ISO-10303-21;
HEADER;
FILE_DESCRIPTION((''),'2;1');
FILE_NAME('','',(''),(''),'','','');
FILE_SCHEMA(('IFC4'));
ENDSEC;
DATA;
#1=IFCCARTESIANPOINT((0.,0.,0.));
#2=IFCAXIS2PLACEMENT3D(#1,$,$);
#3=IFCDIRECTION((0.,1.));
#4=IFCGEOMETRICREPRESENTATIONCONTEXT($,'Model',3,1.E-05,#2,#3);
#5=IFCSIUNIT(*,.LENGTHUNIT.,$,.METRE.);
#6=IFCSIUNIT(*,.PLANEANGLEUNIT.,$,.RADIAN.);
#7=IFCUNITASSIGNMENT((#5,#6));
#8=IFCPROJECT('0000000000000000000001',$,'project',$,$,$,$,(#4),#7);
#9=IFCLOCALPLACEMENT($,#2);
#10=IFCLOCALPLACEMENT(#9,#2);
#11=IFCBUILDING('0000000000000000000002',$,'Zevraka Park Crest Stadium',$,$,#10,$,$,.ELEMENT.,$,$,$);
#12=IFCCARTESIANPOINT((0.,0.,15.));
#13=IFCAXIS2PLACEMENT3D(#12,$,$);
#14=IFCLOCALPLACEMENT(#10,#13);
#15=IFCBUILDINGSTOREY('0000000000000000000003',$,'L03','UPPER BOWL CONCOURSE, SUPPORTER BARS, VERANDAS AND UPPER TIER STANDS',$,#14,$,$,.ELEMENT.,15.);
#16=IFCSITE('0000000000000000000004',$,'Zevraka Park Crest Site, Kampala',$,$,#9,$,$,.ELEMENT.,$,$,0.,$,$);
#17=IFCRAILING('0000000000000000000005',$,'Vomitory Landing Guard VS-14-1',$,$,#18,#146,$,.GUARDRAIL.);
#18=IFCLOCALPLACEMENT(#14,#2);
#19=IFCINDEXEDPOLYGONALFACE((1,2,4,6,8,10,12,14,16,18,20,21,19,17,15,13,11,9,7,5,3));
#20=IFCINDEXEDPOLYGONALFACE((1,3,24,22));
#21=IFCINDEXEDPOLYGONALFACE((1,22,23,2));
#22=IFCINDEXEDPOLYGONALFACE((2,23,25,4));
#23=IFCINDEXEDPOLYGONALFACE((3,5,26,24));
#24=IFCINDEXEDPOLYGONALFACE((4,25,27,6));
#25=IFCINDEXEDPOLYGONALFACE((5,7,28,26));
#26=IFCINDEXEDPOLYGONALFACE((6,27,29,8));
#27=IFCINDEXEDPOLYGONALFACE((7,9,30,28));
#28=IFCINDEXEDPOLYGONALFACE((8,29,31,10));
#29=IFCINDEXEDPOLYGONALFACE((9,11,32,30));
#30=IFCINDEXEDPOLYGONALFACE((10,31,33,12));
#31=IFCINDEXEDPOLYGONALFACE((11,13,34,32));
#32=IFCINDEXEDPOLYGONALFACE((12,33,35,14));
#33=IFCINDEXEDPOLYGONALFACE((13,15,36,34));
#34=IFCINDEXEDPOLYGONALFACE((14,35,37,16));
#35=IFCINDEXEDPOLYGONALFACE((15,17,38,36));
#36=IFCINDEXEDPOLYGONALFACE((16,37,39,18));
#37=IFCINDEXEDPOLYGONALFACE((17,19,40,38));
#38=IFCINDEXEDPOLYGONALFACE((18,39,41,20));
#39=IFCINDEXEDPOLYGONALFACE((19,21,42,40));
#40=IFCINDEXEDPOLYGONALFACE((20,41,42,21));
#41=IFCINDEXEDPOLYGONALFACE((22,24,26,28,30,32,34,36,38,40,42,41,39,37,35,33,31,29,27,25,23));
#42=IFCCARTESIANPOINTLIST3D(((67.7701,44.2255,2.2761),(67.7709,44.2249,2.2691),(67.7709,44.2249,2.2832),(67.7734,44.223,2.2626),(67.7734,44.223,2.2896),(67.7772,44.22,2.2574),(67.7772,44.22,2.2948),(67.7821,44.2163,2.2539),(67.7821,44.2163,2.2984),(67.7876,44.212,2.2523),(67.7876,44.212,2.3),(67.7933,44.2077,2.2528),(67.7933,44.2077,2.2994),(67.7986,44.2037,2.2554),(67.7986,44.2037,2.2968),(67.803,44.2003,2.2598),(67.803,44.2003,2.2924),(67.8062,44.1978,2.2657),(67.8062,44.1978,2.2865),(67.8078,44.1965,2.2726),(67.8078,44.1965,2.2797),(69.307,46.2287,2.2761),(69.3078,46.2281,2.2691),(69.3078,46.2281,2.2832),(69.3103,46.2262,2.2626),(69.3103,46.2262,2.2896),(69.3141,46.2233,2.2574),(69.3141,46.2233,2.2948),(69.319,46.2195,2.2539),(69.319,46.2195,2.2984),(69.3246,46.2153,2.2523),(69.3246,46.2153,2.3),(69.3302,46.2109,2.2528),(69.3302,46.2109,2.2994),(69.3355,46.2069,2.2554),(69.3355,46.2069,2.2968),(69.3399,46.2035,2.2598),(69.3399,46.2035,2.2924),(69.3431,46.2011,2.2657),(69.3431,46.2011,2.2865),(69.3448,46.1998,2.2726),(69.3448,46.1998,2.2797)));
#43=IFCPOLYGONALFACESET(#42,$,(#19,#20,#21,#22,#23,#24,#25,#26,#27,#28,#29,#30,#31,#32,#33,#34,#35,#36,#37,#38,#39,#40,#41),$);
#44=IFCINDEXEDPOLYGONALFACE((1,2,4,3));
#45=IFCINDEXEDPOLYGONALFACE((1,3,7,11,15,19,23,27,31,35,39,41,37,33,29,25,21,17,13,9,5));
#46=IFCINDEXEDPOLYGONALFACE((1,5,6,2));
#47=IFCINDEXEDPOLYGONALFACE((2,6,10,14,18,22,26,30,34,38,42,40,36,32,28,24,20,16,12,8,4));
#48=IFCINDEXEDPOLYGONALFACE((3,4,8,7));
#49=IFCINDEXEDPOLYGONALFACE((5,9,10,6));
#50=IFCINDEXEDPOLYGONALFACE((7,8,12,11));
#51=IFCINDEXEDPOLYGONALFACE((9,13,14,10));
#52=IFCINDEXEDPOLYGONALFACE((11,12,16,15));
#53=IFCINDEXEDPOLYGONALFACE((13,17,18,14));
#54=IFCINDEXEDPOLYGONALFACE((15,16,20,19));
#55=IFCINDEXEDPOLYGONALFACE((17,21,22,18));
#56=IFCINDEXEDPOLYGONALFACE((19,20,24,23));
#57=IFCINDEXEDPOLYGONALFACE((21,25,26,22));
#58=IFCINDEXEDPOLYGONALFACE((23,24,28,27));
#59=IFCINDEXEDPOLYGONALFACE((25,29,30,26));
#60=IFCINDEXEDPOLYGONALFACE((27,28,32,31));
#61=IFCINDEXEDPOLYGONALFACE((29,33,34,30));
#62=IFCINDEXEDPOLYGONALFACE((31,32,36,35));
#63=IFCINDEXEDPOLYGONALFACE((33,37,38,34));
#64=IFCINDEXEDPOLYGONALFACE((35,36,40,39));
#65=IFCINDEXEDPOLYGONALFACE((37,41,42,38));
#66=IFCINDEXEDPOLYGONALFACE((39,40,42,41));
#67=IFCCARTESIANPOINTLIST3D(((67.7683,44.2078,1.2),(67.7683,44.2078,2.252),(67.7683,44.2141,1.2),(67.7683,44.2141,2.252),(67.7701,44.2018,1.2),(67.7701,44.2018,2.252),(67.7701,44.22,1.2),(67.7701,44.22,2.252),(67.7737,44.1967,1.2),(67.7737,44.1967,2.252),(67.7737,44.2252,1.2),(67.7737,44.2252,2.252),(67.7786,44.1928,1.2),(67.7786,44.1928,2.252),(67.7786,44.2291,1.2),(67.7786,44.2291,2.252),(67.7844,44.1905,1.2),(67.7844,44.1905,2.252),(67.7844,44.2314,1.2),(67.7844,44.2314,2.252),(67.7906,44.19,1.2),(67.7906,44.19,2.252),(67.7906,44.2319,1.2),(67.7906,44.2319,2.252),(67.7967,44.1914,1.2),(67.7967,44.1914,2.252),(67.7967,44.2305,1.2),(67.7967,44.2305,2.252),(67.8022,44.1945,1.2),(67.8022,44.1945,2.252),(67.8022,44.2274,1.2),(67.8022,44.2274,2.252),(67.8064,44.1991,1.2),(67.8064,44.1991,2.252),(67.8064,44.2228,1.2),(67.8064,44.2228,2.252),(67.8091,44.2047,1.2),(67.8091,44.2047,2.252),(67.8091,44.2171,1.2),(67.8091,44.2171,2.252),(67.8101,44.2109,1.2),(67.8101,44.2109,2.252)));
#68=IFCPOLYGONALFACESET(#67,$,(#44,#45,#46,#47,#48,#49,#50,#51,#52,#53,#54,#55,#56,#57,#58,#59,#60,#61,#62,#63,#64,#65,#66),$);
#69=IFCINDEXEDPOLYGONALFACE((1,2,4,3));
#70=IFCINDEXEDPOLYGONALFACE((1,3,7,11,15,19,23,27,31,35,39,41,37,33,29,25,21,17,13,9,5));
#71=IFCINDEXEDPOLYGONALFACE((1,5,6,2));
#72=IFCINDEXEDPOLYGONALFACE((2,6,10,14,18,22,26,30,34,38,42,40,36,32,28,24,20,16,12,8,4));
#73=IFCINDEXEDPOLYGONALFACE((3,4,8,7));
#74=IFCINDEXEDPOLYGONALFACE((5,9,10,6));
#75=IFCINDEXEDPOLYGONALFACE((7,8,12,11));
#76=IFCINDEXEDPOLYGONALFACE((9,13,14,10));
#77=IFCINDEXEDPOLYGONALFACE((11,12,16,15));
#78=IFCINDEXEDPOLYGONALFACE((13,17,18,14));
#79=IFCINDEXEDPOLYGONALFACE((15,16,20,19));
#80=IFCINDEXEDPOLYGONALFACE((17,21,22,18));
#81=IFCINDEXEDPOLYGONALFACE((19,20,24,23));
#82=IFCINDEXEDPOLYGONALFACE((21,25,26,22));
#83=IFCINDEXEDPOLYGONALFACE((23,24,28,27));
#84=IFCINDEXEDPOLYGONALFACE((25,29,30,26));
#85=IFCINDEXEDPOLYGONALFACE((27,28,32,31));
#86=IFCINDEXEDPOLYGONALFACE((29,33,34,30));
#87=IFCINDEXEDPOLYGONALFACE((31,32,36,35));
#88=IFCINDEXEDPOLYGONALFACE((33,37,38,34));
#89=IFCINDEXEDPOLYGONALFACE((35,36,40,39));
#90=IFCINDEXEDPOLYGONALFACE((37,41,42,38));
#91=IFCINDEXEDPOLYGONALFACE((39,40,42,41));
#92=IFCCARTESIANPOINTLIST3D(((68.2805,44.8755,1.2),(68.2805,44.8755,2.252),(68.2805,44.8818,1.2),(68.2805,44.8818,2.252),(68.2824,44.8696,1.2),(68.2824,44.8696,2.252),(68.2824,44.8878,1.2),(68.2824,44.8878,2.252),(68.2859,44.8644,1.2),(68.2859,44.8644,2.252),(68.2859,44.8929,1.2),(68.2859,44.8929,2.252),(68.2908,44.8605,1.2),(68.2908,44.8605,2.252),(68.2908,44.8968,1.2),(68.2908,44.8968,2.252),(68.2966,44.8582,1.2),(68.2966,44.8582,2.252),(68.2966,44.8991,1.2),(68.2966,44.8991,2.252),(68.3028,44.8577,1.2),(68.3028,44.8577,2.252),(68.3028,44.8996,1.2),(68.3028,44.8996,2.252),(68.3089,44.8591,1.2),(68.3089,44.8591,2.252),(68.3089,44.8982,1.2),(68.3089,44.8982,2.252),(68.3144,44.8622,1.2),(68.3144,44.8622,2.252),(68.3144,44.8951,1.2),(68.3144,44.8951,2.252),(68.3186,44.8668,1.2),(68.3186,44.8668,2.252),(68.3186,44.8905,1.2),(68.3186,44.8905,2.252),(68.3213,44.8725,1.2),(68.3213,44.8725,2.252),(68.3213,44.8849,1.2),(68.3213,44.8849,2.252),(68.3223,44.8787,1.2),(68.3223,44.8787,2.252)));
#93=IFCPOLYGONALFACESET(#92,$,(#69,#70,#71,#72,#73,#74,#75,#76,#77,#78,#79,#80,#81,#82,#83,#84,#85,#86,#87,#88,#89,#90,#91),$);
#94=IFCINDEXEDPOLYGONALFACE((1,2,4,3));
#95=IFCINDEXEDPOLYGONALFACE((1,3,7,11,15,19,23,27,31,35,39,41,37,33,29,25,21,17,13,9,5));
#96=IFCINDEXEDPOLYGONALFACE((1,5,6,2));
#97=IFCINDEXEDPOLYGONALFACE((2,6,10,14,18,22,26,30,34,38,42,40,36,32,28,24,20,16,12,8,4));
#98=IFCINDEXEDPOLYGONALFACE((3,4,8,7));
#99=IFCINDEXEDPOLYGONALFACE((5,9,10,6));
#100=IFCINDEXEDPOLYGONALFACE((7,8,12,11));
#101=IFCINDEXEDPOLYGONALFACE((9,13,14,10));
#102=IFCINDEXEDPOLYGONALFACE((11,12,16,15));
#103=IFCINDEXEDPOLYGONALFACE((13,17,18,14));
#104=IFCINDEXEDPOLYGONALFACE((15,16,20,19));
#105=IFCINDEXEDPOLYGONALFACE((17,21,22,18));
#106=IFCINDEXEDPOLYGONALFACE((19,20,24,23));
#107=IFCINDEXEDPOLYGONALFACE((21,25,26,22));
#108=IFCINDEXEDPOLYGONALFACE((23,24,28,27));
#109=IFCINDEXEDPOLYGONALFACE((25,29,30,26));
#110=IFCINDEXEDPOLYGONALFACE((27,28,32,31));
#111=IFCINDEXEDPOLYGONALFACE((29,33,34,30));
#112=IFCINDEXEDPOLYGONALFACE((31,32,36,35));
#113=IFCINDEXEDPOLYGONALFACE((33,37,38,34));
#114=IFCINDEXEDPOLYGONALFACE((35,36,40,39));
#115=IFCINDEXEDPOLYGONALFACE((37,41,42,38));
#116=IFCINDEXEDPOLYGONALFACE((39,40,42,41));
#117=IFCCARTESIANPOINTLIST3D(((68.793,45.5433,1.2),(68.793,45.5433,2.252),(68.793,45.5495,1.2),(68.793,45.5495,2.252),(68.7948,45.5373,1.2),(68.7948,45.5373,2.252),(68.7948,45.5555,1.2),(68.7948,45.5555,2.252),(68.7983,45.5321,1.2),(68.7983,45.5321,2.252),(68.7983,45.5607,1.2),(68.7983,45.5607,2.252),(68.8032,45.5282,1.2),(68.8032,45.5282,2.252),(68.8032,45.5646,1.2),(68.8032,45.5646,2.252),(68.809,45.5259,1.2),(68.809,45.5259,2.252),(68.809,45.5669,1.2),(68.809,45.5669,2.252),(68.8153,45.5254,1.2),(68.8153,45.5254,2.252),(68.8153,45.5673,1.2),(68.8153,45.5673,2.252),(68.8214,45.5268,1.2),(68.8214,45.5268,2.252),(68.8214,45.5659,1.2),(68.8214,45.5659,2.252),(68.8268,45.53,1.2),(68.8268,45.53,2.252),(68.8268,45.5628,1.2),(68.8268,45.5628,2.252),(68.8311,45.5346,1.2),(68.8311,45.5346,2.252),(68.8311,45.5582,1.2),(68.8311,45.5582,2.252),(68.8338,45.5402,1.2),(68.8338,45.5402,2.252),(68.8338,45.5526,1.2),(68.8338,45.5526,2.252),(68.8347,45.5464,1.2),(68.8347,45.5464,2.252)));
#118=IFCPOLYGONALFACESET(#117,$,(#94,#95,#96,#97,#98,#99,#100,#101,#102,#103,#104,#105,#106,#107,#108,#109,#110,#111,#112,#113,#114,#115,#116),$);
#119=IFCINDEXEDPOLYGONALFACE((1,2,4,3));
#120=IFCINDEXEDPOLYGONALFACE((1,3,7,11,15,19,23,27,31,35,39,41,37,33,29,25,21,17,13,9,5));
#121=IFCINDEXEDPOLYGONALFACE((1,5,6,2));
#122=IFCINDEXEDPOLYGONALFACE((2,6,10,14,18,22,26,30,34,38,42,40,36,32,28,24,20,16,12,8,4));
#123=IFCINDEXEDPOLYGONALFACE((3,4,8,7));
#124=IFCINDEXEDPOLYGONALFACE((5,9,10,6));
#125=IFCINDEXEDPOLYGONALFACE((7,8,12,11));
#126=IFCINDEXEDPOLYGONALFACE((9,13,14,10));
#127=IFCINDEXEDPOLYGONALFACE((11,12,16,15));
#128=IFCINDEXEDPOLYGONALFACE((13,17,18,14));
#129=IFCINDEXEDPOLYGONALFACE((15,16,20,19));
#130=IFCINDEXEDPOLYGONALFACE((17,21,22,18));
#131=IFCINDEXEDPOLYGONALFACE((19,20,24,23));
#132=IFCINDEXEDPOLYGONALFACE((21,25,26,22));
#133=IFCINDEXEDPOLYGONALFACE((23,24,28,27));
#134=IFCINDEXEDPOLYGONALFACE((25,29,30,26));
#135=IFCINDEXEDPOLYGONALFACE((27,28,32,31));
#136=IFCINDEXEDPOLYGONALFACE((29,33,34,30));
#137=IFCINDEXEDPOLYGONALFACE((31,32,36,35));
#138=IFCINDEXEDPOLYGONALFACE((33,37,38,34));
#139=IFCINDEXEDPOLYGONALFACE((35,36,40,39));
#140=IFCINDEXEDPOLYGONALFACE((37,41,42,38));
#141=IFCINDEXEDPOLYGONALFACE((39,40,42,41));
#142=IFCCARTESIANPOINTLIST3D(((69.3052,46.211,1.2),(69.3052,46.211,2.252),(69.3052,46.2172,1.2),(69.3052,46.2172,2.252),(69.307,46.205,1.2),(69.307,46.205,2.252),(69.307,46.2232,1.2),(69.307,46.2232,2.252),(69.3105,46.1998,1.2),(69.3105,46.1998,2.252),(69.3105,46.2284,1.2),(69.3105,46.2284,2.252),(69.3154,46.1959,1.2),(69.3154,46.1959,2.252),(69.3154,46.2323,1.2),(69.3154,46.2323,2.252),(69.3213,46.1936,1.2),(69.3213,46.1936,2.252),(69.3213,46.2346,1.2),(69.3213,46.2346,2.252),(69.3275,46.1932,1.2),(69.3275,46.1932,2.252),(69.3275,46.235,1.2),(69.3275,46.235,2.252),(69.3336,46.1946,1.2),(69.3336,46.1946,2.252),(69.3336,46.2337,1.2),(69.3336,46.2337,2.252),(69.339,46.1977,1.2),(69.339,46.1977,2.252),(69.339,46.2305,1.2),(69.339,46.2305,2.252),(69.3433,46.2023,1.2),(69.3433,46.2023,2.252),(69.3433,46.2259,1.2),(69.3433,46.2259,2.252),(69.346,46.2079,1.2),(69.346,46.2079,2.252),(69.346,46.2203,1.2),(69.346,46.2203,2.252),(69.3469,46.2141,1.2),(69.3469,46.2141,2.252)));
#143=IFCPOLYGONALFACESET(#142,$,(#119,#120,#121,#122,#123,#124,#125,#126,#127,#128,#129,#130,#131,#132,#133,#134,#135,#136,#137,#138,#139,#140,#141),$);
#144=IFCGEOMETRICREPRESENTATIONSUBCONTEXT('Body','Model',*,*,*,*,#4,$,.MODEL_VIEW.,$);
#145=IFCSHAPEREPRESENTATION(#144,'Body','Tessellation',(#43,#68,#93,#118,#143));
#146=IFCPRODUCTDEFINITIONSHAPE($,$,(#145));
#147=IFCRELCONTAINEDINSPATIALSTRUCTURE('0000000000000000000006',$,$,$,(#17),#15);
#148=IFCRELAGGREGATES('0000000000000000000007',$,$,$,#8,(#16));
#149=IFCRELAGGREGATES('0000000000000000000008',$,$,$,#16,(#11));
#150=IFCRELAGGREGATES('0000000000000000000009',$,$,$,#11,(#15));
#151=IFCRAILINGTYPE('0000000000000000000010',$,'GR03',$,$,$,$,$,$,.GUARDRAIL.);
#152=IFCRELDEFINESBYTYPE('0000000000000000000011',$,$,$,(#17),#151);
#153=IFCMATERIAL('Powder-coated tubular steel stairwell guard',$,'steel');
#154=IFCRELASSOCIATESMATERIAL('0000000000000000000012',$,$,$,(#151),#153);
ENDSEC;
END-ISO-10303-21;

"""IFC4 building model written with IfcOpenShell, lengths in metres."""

from ifc_helpers import new_model, si_unit, direction, frame, origin, origin_2d, place, context, subcontext, project, spatial, circle, extrude, material, type_object, element, save


model = new_model("IFC4")

# Units and contexts
model_context = context("Model", 3, precision=1e-05, world=origin(), true_north=direction((0.0, 1.0)))
body_context = subcontext(model_context, "Body", "Model", "MODEL_VIEW")
ifc_project = project(units=[si_unit("LENGTHUNIT", "METRE"), si_unit("PLANEANGLEUNIT", "RADIAN")], contexts=[model_context])

# Site, building, storey
site_placement = place(None, origin())
site = spatial("IfcSite", under=ifc_project, at=site_placement, Name="Zevraka Park Crest Site, Kampala", CompositionType="ELEMENT", RefElevation=0.0)
building_placement = place(site_placement, origin())
building = spatial("IfcBuilding", under=site, at=building_placement, Name="Zevraka Park Crest Stadium", CompositionType="ELEMENT")
storey_placement = place(building_placement, frame((0.0, 0.0, 15.0)))
storey = spatial("IfcBuildingStorey", under=building, at=storey_placement, Name="L03", Description="UPPER BOWL CONCOURSE, SUPPORTER BARS, VERANDAS AND UPPER TIER STANDS", CompositionType="ELEMENT", Elevation=15.0)

# Railing
ifc_material_1 = material(Name="Powder-coated tubular steel stairwell guard", Category="steel")
railing_type_1 = type_object("IfcRailingType", Name="GR03", PredefinedType="GUARDRAIL", material=ifc_material_1)
railing_1_placement = place(storey_placement, frame((67.7891, 44.2109, 1.2)))
element("IfcRailing", 1, at=railing_1_placement, inside=storey, type_object=railing_type_1, Name="Vomitory Landing Guard VS-14-1", PredefinedType="GUARDRAIL", context=body_context, shape_type="SweptSolid", body=[
    extrude(circle(Radius=0.0239, at=origin_2d()), frame((0.0, 0.0, 1.0762), z_axis=(0.608706, 0.793396, 0.0), x_axis=(-0.793396, 0.608706, 0.0)), (0.0, 0.0, 1.0), 2.5249),
    extrude(circle(Radius=0.021, at=origin_2d()), origin(), (0.0, 0.0, 1.0), 1.052),
    extrude(circle(Radius=0.021, at=origin_2d()), frame((0.5122, 0.6677, 0.0)), (0.0, 0.0, 1.0), 1.052),
    extrude(circle(Radius=0.021, at=origin_2d()), frame((1.0247, 1.3354, 0.0)), (0.0, 0.0, 1.0), 1.052),
    extrude(circle(Radius=0.021, at=origin_2d()), frame((1.5369, 2.0032, 0.0)), (0.0, 0.0, 1.0), 1.052),
])

save(model, "model.ifc")
